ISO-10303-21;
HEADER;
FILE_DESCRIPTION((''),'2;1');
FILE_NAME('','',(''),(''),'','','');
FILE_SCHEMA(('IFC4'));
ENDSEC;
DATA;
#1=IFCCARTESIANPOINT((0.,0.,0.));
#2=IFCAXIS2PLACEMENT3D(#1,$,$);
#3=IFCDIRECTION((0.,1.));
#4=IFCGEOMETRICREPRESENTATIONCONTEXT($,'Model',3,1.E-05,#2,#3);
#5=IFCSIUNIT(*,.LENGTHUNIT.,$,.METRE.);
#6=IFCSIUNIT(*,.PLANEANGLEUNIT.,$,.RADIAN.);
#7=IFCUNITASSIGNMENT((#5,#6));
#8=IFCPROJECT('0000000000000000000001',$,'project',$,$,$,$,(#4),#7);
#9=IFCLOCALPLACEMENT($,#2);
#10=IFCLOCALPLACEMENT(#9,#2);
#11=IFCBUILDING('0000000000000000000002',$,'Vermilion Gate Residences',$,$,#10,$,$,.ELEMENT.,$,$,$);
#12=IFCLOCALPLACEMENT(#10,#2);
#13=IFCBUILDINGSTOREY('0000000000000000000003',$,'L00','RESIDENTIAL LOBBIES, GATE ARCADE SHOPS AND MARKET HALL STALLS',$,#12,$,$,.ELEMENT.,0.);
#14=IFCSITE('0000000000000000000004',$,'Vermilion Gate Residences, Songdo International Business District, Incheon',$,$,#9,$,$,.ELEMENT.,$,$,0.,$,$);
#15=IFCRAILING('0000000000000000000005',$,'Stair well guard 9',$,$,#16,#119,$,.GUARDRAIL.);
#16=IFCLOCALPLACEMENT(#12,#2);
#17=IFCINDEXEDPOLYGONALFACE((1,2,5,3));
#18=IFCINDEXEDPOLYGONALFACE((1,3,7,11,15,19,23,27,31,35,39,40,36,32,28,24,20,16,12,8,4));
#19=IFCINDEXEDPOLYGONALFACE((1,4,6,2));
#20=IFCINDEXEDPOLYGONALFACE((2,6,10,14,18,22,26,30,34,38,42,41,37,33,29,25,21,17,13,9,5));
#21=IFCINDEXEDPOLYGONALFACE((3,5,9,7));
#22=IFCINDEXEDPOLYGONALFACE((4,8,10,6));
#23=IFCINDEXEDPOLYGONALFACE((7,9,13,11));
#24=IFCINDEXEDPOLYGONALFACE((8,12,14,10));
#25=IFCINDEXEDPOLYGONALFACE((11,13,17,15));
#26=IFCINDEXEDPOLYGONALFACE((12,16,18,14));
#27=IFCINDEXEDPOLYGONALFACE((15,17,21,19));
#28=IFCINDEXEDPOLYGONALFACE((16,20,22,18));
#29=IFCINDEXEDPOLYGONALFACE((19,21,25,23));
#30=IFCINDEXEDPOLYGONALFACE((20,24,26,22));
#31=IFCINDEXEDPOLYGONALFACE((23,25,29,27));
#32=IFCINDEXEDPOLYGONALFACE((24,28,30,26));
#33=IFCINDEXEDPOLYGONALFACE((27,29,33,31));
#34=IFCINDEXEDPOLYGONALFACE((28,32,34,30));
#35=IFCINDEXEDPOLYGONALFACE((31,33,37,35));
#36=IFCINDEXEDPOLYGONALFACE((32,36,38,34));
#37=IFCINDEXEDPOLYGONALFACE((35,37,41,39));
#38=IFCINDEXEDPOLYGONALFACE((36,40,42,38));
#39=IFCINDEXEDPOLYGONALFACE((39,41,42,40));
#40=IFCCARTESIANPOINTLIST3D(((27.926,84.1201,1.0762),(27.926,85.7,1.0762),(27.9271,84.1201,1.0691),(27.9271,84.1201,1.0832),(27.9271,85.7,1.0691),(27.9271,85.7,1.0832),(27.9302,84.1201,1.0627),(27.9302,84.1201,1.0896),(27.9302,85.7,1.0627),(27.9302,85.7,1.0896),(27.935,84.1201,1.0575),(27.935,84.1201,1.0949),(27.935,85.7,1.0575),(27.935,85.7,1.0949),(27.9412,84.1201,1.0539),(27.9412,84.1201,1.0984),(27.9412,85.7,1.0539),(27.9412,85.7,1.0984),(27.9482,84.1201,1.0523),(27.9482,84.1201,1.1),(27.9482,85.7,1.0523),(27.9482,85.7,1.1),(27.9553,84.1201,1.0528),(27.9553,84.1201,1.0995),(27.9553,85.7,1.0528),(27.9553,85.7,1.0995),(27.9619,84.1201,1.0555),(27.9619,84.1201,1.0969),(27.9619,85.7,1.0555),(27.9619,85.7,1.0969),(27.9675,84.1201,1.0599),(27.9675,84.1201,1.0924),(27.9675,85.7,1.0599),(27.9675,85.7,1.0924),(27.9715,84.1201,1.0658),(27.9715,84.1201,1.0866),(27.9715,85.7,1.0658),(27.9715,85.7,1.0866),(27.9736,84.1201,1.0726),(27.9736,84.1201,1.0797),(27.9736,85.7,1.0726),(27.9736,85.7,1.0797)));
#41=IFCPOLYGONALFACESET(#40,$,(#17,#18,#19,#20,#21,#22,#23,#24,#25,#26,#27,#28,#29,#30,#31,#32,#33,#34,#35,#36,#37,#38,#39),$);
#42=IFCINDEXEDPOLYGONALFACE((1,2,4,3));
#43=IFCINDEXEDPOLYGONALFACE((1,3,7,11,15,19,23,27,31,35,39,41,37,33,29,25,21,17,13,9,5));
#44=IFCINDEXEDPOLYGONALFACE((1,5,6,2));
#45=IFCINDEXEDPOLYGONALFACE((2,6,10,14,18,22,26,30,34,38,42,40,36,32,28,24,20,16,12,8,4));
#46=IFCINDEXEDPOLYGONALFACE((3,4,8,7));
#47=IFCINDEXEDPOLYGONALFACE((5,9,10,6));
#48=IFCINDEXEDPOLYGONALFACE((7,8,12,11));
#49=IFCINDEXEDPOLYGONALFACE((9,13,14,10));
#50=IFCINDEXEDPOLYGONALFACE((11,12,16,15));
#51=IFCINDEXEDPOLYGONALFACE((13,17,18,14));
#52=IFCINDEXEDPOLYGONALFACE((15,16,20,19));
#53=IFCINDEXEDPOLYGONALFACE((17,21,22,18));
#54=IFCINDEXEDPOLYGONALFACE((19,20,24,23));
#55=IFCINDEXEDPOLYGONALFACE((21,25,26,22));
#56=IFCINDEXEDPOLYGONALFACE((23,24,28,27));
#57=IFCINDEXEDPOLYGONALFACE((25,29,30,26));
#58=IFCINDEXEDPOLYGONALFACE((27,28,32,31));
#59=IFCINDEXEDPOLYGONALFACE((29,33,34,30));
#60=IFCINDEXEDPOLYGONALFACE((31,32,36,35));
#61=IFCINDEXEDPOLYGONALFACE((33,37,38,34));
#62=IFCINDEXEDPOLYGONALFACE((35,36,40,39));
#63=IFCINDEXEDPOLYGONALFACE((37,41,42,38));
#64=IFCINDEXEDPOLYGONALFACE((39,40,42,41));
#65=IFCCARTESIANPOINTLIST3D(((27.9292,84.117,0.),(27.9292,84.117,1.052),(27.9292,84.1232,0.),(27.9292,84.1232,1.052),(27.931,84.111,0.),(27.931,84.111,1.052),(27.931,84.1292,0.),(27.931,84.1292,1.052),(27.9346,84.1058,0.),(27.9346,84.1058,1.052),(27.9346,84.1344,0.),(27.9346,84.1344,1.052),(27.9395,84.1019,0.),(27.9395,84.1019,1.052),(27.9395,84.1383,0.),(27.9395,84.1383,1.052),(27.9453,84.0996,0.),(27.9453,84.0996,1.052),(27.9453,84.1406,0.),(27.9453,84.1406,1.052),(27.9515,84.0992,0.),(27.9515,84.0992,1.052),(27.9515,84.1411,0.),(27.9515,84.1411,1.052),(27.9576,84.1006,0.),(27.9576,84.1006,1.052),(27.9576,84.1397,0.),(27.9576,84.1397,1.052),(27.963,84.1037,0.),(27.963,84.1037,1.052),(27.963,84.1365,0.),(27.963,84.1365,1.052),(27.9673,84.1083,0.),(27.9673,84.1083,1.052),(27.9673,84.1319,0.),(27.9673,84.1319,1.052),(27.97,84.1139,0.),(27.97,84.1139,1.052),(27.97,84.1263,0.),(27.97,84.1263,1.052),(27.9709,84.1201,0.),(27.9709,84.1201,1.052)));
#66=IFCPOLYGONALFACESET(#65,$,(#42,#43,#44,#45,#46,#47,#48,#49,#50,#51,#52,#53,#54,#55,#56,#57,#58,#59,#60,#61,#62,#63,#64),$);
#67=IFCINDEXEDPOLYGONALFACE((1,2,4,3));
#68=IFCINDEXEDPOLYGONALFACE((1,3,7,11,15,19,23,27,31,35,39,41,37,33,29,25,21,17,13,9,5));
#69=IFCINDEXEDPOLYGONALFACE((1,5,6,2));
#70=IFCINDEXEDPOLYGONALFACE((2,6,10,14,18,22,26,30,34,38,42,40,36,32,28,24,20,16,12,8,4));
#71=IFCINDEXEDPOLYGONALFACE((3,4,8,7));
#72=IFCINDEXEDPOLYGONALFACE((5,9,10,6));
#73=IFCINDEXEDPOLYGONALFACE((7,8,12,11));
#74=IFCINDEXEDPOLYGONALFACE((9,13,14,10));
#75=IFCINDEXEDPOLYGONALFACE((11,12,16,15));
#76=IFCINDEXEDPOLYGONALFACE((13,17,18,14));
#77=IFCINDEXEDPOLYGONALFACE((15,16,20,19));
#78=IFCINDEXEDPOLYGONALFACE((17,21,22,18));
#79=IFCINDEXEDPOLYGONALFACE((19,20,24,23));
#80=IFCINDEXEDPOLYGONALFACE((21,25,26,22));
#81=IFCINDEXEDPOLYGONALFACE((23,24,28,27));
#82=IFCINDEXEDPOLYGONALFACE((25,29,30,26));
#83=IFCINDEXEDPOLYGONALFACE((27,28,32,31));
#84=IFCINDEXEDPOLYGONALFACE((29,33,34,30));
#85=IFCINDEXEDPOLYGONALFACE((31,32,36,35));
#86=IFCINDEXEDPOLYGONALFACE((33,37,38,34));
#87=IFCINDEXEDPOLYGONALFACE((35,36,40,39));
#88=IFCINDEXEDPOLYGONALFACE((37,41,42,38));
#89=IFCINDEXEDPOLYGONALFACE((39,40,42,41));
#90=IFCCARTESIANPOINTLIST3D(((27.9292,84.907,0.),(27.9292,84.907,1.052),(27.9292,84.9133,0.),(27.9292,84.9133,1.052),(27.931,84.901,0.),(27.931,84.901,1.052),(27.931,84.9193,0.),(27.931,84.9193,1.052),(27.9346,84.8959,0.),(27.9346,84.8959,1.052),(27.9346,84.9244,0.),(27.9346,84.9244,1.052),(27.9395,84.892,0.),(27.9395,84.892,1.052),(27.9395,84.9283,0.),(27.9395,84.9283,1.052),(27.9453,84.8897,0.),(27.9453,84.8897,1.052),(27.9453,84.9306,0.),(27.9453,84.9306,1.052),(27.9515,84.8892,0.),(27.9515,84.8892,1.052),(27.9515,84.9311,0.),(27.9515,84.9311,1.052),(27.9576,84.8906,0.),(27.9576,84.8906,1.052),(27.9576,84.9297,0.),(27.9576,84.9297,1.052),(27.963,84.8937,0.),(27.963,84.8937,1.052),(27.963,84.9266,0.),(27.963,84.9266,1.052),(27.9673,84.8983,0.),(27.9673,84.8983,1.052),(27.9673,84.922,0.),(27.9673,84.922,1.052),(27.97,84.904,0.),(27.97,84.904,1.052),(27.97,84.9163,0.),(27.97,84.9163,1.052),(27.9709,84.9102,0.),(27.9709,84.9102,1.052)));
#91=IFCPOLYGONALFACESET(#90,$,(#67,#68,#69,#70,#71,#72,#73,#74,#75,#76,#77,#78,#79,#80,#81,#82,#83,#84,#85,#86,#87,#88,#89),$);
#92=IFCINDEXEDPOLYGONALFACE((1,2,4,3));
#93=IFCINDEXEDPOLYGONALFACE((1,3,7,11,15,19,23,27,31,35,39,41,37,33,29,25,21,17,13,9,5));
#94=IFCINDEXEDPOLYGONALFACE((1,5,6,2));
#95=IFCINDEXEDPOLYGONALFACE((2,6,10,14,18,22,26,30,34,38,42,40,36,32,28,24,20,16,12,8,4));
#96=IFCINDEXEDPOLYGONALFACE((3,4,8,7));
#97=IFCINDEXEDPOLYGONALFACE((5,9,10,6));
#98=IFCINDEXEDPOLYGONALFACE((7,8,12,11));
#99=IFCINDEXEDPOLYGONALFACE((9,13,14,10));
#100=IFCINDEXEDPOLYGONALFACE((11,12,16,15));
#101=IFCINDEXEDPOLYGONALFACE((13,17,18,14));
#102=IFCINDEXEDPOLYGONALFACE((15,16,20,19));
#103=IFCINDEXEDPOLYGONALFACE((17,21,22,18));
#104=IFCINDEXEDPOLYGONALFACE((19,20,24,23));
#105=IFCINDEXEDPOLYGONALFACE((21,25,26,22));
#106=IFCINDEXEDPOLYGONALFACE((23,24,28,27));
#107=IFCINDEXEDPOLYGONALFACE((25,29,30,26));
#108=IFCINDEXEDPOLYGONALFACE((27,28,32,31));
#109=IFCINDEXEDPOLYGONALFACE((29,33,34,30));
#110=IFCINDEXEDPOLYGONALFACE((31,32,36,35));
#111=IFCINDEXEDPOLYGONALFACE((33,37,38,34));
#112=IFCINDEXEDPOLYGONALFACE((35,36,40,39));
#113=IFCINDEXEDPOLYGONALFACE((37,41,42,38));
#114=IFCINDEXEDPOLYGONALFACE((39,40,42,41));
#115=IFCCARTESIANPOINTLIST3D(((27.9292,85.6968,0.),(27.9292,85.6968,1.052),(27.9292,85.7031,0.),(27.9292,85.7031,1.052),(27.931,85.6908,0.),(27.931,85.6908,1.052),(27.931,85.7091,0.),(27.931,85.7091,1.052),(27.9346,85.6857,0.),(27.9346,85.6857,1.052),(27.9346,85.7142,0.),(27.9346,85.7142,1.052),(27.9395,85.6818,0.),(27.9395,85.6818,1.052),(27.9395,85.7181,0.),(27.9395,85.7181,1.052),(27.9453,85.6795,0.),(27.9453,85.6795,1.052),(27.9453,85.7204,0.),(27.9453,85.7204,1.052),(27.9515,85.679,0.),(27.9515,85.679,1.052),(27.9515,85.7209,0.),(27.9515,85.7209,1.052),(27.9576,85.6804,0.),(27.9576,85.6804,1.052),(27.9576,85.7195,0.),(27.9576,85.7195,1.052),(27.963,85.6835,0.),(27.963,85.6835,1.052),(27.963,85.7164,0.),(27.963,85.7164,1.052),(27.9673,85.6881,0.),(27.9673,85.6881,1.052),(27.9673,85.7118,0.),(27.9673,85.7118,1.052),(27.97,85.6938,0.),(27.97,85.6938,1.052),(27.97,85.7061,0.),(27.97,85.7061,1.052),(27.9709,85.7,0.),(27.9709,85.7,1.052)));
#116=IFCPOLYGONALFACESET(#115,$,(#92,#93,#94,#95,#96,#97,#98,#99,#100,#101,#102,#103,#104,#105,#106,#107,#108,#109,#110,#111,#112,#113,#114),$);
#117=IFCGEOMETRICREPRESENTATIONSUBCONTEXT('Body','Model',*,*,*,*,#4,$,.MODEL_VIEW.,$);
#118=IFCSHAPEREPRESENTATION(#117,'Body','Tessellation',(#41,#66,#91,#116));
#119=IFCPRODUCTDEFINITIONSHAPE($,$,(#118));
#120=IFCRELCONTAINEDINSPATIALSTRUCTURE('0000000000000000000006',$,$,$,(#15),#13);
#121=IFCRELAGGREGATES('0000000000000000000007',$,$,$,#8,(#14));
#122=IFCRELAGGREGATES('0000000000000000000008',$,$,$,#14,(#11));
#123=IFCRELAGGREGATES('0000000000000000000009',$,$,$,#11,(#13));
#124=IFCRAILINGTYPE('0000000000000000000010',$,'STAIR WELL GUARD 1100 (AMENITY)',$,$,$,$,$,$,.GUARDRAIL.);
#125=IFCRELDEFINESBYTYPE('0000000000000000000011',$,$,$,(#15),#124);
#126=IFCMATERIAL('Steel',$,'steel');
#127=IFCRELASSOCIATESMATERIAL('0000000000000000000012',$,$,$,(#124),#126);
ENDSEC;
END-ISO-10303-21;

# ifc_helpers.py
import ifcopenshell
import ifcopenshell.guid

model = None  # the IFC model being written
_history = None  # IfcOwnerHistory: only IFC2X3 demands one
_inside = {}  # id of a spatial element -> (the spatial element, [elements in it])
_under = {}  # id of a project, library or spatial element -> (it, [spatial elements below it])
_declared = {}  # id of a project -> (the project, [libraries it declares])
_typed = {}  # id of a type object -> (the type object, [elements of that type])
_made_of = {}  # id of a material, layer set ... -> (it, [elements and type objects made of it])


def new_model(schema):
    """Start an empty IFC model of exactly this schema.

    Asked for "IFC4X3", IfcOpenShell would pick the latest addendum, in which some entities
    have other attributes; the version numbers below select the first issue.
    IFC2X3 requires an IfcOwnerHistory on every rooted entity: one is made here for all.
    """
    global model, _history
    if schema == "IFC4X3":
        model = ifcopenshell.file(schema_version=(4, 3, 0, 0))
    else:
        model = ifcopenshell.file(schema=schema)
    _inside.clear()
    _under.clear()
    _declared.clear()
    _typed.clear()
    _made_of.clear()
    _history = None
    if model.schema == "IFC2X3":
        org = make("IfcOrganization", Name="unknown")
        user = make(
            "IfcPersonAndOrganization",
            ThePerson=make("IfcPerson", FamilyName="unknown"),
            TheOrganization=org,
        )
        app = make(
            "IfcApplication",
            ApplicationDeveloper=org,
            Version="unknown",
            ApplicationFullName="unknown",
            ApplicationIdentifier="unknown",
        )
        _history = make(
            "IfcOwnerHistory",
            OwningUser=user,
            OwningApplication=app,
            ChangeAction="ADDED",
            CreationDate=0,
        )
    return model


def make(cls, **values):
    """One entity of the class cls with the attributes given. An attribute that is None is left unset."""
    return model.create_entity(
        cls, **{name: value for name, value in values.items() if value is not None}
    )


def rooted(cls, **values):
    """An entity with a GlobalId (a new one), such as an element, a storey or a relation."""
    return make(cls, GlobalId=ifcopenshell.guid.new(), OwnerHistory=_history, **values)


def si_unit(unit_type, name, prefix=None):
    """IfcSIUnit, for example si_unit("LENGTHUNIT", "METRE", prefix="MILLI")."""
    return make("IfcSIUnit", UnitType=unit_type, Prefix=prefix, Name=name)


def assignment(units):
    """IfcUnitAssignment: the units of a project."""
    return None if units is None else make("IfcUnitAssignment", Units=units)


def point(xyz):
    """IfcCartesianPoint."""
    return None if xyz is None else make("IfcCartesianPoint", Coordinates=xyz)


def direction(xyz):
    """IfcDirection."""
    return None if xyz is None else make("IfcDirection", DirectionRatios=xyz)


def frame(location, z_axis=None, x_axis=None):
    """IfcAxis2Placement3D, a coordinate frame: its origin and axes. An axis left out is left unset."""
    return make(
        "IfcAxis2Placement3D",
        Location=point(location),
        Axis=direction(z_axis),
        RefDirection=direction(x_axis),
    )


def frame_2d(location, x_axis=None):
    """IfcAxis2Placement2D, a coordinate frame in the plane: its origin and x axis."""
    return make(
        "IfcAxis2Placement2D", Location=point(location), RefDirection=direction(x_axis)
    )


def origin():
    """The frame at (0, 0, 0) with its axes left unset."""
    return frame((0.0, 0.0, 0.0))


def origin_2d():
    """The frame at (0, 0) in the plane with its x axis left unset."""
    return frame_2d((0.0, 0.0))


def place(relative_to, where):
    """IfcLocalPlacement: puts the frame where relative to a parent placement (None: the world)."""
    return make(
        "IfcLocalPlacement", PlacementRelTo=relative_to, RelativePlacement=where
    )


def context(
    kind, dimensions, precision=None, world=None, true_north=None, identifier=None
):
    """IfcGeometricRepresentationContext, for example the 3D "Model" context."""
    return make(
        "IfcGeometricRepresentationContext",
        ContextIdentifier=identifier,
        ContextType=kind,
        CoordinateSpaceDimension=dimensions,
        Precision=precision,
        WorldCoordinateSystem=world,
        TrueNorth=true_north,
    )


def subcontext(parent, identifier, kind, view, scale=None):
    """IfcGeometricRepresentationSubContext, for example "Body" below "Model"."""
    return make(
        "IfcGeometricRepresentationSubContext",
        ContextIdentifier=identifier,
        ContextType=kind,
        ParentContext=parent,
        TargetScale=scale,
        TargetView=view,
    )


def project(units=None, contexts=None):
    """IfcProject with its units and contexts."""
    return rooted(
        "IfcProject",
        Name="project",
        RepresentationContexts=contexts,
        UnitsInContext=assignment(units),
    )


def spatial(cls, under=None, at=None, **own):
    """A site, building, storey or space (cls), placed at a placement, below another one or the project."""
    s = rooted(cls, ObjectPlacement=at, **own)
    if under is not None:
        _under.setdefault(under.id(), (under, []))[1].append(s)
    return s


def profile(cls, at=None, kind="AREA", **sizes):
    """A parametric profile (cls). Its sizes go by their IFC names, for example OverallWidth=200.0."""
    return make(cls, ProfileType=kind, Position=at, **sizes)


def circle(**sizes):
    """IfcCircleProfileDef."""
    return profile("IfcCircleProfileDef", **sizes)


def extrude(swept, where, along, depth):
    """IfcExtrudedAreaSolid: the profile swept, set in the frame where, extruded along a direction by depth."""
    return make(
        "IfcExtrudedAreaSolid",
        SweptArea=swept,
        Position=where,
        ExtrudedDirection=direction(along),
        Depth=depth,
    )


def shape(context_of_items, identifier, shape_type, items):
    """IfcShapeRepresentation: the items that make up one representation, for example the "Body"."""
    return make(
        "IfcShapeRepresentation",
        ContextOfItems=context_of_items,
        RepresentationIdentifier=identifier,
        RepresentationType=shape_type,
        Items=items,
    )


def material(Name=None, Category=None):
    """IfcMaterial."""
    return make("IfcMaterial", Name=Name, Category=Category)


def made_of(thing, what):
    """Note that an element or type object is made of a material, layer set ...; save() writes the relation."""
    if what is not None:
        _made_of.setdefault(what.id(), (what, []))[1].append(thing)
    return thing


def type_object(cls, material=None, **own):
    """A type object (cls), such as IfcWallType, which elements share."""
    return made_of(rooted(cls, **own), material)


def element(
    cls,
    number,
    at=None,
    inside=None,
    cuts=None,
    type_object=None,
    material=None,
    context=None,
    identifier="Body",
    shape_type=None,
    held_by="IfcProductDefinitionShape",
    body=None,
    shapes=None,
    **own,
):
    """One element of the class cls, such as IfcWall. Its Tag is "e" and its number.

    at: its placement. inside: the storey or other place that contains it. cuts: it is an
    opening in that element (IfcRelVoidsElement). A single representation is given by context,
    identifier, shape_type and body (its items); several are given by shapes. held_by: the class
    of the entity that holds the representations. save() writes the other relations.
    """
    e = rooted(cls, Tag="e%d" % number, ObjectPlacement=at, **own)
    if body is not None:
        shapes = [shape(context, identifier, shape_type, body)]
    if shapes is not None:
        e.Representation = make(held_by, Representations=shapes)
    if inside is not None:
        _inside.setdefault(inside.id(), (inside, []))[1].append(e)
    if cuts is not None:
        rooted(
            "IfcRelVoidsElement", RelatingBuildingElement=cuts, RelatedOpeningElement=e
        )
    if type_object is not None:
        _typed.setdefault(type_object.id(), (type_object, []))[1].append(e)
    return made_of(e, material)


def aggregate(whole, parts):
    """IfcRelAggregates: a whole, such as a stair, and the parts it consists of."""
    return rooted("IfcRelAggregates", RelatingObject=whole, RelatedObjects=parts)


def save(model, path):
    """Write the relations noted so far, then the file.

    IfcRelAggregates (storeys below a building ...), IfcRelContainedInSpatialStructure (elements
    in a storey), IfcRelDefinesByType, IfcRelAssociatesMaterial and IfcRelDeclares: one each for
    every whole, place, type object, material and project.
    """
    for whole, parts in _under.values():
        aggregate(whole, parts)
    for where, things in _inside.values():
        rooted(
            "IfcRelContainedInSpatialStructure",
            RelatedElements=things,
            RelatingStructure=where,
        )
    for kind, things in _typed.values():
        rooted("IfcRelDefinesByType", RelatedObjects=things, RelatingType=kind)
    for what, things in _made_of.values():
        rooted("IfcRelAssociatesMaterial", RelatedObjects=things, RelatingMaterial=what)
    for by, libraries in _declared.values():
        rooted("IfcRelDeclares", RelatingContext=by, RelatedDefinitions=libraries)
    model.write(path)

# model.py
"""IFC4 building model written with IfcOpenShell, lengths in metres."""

from ifc_helpers import new_model, si_unit, direction, frame, origin, origin_2d, place, context, subcontext, project, spatial, circle, extrude, material, type_object, element, save


model = new_model("IFC4")

# Units and contexts
model_context = context("Model", 3, precision=1e-05, world=origin(), true_north=direction((0.0, 1.0)))
body_context = subcontext(model_context, "Body", "Model", "MODEL_VIEW")
ifc_project = project(units=[si_unit("LENGTHUNIT", "METRE"), si_unit("PLANEANGLEUNIT", "RADIAN")], contexts=[model_context])

# Site, building, storey
site_placement = place(None, origin())
site = spatial("IfcSite", under=ifc_project, at=site_placement, Name="Vermilion Gate Residences, Songdo International Business District, Incheon", CompositionType="ELEMENT", RefElevation=0.0)
building_placement = place(site_placement, origin())
building = spatial("IfcBuilding", under=site, at=building_placement, Name="Vermilion Gate Residences", CompositionType="ELEMENT")
storey_placement = place(building_placement, origin())
storey = spatial("IfcBuildingStorey", under=building, at=storey_placement, Name="L00", Description="RESIDENTIAL LOBBIES, GATE ARCADE SHOPS AND MARKET HALL STALLS", CompositionType="ELEMENT", Elevation=0.0)

# Railing
ifc_material_1 = material(Name="Steel", Category="steel")
railing_type = type_object("IfcRailingType", Name="STAIR WELL GUARD 1100 (AMENITY)", PredefinedType="GUARDRAIL", material=ifc_material_1)
railing_1_placement = place(storey_placement, frame((27.95, 84.1201, 0.0)))
element("IfcRailing", 1, at=railing_1_placement, inside=storey, type_object=railing_type, Name="Stair well guard 9", PredefinedType="GUARDRAIL", context=body_context, shape_type="SweptSolid", body=[
    extrude(circle(Radius=0.0239, at=origin_2d()), frame((0.0, 0.0, 1.0762), z_axis=(0.0, 1.0, 0.0), x_axis=(-1.0, 0.0, 0.0)), (0.0, 0.0, 1.0), 1.5798),
    extrude(circle(Radius=0.021, at=origin_2d()), origin(), (0.0, 0.0, 1.0), 1.052),
    extrude(circle(Radius=0.021, at=origin_2d()), frame((0.0, 0.79, 0.0)), (0.0, 0.0, 1.0), 1.052),
    extrude(circle(Radius=0.021, at=origin_2d()), frame((0.0, 1.5798, 0.0)), (0.0, 0.0, 1.0), 1.052),
])

save(model, "model.ifc")
